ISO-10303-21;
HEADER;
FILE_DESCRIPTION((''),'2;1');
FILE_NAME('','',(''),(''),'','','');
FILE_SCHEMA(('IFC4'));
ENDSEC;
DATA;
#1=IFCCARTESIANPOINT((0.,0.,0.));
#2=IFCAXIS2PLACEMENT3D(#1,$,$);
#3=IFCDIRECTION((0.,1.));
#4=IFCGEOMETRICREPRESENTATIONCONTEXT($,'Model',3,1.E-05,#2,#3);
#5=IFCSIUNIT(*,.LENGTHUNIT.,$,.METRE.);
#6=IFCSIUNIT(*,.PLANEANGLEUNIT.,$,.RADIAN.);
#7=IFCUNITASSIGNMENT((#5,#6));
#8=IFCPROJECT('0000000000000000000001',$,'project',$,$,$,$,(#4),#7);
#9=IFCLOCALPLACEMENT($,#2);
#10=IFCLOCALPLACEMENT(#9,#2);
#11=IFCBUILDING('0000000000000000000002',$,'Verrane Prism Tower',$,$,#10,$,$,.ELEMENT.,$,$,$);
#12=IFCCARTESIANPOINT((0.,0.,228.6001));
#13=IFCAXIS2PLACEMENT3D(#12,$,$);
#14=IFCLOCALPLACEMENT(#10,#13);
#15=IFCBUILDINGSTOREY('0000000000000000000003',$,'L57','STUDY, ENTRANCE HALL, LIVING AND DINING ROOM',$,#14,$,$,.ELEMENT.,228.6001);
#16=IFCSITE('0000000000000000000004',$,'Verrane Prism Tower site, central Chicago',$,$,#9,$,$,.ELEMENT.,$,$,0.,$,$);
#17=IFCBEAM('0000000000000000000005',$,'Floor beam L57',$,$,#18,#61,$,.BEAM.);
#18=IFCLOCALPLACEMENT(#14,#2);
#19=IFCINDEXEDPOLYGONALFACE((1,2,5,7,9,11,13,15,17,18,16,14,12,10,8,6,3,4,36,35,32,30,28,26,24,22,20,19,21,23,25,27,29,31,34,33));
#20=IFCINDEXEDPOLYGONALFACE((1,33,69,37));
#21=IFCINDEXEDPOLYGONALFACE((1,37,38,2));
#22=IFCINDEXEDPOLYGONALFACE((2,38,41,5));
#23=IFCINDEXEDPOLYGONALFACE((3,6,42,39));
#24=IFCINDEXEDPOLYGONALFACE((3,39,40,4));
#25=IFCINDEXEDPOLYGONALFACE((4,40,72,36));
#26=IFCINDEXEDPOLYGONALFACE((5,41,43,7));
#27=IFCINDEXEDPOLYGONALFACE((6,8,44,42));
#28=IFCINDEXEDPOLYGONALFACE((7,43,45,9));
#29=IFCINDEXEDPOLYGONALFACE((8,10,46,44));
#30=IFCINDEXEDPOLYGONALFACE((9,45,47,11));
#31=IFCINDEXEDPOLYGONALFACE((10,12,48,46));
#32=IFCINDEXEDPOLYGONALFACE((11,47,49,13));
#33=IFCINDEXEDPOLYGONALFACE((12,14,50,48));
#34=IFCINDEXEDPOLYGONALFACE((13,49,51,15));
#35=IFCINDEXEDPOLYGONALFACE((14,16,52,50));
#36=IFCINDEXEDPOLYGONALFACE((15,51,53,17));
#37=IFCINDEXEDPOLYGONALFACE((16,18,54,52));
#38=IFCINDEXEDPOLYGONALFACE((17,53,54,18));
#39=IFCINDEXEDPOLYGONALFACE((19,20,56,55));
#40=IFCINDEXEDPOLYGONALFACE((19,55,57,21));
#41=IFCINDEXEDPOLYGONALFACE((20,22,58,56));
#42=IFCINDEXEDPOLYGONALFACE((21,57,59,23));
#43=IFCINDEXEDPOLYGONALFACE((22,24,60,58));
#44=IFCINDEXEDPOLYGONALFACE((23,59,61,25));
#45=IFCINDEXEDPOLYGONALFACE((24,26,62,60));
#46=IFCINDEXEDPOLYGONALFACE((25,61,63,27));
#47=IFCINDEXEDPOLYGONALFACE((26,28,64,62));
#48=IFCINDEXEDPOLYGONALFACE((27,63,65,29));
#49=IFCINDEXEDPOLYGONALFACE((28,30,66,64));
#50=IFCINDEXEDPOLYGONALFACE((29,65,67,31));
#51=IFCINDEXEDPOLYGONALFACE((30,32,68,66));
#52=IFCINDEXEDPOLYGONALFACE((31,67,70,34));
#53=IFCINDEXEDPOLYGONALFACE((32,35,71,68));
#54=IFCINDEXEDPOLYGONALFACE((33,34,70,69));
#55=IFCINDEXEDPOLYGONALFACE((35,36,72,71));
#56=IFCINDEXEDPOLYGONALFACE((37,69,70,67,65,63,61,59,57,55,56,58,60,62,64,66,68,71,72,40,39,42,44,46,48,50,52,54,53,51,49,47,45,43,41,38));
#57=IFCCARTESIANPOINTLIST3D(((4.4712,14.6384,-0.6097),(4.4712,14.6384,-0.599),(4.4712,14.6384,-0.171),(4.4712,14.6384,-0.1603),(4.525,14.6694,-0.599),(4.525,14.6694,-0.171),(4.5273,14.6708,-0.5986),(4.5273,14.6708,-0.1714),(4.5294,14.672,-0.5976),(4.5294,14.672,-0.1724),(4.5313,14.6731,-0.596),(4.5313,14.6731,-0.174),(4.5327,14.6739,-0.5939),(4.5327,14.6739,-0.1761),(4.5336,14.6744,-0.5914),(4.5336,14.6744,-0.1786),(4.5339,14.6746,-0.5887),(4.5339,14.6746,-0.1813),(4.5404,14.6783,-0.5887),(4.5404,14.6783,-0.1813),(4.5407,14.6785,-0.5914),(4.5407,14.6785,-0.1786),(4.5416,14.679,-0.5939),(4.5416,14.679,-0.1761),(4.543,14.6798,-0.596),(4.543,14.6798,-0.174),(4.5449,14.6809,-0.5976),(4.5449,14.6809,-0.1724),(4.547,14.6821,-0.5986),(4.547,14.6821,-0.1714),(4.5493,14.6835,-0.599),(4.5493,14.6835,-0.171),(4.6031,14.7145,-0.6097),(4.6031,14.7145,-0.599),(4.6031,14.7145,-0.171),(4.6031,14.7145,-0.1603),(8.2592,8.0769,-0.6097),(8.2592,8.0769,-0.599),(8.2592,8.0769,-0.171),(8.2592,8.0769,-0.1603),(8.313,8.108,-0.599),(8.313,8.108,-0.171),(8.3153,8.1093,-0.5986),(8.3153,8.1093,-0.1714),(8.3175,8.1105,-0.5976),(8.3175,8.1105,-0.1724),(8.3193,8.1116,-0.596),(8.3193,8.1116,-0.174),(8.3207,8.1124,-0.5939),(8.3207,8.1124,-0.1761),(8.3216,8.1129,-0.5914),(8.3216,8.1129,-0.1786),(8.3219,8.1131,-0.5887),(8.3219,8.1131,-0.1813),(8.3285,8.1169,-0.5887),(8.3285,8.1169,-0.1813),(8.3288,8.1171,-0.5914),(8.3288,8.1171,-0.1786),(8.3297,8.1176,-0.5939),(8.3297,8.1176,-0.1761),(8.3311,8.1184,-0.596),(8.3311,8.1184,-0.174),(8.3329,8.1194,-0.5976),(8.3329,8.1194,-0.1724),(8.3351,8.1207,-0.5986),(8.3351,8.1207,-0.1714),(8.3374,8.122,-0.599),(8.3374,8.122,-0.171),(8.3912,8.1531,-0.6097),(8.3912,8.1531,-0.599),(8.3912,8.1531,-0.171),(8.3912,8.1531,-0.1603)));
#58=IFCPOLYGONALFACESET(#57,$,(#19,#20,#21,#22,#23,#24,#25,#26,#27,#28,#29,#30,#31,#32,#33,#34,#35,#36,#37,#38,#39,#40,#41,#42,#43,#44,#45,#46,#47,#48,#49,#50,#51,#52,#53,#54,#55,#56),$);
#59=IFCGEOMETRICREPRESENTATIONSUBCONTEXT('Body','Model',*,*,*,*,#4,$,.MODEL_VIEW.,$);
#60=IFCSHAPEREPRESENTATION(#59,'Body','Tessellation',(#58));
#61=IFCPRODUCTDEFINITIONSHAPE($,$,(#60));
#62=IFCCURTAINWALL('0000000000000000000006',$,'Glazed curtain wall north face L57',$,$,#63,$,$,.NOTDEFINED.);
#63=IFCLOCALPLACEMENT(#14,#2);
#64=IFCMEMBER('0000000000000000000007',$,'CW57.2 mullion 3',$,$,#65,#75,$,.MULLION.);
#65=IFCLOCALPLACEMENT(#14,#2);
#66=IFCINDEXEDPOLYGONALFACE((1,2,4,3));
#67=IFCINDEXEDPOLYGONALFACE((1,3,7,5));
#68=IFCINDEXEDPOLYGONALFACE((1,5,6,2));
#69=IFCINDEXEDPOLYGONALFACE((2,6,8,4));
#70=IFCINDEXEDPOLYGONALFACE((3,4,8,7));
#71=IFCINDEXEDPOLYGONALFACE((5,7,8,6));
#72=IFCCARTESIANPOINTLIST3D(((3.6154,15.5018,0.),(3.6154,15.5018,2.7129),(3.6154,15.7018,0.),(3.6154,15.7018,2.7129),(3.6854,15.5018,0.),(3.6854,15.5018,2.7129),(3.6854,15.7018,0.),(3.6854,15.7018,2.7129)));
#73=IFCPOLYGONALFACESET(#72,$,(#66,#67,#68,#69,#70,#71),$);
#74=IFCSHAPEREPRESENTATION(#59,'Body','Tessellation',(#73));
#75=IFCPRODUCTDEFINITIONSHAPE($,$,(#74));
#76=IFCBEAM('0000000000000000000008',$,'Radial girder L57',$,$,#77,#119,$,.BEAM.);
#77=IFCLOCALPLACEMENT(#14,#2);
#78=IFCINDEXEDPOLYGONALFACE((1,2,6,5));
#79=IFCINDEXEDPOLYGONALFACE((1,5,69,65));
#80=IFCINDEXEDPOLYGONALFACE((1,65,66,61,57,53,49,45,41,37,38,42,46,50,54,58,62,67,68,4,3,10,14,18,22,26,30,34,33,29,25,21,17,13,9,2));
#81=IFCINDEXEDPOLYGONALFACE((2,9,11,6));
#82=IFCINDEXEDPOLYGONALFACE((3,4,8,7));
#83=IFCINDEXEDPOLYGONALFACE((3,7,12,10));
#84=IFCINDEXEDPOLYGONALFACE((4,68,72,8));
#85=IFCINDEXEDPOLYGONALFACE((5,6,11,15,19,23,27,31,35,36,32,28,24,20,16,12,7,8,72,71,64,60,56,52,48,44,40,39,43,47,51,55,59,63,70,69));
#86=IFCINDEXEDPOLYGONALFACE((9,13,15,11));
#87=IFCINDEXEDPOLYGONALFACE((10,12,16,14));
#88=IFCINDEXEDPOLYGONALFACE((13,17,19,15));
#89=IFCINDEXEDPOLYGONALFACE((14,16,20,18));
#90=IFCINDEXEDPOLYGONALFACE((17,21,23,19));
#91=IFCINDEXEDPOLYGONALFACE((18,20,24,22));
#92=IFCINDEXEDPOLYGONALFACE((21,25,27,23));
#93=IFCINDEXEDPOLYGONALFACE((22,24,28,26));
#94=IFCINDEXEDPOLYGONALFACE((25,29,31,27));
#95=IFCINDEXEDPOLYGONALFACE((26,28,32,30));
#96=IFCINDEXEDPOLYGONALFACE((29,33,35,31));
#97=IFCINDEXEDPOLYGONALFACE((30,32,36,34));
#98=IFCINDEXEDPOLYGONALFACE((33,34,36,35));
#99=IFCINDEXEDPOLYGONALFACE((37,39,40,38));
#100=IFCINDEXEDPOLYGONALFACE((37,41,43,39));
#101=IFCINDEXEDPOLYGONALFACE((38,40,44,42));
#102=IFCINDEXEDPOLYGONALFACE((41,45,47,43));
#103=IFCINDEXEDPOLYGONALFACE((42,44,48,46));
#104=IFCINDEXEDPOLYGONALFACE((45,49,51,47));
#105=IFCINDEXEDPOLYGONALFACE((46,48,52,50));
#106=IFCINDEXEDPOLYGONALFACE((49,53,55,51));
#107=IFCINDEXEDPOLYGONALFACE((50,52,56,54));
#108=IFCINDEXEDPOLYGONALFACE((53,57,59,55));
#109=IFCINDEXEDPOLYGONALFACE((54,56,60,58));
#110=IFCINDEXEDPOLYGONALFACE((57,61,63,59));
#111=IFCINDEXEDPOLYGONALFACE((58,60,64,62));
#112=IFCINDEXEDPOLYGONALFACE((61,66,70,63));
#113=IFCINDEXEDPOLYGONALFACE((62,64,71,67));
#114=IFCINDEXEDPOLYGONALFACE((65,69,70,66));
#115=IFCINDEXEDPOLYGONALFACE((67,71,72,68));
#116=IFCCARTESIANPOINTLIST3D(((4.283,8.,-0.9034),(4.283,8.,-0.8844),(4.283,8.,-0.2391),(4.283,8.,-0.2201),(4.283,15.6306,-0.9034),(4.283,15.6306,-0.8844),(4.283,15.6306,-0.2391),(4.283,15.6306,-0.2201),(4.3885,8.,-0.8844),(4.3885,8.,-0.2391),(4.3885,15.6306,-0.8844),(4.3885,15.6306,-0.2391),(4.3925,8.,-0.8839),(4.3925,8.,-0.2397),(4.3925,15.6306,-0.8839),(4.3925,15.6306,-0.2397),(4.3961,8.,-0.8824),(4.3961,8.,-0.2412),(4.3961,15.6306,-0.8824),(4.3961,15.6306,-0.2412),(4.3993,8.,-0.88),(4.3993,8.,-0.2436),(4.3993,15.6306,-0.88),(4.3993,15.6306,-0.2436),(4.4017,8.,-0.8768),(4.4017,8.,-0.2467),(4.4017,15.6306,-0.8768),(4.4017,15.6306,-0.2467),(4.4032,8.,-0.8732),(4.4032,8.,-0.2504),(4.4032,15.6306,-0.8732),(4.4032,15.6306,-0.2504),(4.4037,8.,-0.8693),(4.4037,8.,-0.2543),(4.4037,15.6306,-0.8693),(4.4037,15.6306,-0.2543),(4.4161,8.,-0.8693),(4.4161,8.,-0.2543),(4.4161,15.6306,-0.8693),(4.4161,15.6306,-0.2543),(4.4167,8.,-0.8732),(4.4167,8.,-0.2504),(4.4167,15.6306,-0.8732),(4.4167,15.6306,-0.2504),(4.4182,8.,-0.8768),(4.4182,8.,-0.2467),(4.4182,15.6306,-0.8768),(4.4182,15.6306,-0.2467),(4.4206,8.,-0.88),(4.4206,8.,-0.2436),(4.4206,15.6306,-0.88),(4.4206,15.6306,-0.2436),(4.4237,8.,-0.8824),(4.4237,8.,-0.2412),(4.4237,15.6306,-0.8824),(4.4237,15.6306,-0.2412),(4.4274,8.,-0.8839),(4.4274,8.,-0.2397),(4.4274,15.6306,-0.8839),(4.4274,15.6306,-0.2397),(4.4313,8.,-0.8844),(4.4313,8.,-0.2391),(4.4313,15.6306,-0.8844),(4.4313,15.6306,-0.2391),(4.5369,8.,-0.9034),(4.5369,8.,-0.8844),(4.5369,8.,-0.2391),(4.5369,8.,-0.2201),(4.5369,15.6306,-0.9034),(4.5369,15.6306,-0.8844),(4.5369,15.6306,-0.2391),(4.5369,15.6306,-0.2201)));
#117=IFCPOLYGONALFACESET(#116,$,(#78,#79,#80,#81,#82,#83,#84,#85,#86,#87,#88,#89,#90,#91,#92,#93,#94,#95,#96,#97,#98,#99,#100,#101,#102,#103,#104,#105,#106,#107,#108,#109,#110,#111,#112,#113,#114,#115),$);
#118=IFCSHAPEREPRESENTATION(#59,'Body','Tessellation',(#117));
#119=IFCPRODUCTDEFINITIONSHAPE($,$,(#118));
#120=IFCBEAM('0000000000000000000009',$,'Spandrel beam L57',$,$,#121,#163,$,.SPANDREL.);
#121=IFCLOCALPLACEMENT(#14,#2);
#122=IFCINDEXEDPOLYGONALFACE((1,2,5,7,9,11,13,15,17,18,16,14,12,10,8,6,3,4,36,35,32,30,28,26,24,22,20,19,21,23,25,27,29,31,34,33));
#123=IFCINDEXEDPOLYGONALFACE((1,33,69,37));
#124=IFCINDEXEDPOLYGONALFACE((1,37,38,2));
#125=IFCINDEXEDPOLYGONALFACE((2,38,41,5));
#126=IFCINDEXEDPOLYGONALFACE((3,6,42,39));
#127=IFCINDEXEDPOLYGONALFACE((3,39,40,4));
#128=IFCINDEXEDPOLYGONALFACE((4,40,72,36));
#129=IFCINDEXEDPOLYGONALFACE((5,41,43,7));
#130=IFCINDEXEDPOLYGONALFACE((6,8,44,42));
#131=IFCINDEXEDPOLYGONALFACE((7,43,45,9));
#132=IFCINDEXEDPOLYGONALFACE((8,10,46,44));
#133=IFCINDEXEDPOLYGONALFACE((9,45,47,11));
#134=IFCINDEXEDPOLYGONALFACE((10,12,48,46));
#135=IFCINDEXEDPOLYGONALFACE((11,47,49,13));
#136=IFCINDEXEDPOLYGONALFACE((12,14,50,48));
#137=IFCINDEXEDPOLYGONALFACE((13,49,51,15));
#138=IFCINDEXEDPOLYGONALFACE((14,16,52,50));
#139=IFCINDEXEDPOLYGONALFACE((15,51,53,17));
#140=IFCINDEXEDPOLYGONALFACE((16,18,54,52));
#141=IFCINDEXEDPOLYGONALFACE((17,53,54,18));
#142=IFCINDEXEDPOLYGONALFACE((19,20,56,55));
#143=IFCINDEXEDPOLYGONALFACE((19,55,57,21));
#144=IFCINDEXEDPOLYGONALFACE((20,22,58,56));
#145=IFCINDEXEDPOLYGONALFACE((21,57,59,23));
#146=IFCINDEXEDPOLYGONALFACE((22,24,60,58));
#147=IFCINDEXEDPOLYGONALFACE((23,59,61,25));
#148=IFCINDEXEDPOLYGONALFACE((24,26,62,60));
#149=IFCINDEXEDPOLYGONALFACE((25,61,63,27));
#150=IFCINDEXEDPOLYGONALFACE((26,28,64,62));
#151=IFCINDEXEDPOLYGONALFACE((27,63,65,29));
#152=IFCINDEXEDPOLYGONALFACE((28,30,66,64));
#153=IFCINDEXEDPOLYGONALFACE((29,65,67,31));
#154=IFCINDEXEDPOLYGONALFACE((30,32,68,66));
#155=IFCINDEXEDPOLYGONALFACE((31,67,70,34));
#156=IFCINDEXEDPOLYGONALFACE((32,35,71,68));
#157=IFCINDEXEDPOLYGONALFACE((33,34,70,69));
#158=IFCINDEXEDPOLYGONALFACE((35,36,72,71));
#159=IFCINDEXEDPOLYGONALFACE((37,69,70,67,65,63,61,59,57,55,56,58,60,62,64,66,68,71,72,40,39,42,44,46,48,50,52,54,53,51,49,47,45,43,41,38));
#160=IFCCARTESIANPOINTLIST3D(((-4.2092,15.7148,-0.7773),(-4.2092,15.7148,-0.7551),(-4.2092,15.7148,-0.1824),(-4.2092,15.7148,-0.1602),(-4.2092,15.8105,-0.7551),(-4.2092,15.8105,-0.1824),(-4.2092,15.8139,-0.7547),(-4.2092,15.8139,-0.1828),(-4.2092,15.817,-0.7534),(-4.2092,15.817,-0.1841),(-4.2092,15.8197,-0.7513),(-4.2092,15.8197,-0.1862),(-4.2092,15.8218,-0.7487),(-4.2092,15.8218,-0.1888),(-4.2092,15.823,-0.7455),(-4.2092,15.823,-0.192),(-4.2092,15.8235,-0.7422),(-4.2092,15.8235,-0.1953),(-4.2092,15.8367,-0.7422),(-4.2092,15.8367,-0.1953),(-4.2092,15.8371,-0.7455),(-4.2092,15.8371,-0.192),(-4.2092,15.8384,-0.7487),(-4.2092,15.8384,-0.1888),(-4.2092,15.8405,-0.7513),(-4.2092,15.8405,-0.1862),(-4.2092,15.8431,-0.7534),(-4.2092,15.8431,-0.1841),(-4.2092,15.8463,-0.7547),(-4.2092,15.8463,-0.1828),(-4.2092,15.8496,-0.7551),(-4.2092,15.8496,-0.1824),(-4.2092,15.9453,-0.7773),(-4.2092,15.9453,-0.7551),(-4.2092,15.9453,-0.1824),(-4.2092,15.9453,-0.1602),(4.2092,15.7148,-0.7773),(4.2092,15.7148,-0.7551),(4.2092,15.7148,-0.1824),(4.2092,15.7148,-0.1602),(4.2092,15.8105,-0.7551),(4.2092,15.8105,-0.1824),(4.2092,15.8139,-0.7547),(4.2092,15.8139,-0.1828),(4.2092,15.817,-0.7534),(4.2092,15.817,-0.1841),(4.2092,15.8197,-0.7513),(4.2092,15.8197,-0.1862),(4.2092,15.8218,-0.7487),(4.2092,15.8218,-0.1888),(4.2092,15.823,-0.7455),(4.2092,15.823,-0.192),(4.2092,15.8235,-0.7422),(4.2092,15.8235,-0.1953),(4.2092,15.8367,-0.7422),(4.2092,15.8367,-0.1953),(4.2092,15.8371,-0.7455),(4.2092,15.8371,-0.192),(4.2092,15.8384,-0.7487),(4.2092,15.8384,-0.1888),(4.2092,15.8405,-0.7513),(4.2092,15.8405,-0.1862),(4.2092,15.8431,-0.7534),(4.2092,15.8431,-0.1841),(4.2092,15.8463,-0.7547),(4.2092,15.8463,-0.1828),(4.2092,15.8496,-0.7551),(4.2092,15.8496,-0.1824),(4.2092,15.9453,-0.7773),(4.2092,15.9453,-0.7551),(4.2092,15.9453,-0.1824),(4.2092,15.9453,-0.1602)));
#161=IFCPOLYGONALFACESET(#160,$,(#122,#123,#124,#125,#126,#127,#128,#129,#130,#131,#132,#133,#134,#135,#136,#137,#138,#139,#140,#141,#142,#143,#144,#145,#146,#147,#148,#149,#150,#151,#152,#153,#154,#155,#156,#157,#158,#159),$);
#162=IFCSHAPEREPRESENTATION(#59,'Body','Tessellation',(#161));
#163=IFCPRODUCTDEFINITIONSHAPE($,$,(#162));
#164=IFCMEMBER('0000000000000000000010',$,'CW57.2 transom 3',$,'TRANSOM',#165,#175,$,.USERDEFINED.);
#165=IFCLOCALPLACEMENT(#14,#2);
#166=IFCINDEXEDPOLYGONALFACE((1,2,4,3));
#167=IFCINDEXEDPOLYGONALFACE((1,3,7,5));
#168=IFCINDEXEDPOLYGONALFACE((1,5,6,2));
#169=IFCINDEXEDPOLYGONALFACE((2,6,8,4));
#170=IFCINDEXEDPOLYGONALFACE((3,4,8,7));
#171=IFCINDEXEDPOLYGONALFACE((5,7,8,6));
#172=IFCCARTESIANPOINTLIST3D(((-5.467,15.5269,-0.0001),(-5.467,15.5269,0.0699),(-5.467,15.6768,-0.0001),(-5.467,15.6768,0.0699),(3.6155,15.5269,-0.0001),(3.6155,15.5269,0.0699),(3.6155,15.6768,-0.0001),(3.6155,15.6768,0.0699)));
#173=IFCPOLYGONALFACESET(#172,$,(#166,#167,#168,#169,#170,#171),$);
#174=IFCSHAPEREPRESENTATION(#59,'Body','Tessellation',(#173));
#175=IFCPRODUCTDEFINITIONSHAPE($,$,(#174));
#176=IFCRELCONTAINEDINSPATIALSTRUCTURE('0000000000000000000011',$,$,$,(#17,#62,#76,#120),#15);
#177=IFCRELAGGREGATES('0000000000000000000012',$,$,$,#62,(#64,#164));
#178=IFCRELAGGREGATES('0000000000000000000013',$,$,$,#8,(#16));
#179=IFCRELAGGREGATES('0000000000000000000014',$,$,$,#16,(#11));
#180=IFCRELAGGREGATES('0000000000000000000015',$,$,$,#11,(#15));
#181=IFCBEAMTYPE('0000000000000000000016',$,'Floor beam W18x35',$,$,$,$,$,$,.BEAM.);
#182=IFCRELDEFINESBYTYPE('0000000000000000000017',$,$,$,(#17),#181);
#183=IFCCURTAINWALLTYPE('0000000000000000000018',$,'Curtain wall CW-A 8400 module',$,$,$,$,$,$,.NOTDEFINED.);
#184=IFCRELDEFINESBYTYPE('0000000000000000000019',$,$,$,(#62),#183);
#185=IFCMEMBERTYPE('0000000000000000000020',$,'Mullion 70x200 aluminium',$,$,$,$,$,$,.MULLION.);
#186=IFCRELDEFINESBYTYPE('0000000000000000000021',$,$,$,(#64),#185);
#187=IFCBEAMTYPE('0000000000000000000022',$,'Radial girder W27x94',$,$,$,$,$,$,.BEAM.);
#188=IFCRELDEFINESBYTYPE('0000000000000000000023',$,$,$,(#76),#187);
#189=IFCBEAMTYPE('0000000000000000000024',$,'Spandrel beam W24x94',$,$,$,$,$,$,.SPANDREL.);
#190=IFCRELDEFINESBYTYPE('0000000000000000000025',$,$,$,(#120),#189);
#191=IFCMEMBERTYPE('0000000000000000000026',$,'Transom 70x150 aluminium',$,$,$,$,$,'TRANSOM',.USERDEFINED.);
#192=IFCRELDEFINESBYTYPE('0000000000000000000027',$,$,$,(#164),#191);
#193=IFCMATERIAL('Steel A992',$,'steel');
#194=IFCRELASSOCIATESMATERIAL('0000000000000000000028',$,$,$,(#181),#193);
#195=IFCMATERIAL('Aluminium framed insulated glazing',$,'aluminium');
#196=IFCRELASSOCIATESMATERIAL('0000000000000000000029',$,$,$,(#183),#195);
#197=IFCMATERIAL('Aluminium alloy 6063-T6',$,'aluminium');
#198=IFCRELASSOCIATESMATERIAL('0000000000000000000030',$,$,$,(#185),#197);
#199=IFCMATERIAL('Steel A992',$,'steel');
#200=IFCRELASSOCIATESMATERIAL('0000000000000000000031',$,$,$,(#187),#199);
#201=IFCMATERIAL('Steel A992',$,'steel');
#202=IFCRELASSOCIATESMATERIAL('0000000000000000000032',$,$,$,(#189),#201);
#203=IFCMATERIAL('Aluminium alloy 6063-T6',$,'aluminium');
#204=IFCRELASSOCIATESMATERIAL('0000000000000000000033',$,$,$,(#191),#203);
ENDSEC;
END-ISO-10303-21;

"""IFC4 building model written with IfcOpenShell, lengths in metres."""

from ifc_helpers import new_model, si_unit, direction, frame, origin, origin_2d, place, context, subcontext, project, spatial, rectangle, i_section, extrude, material, material_profile, profile_set, type_object, element, aggregate, save


model = new_model("IFC4")

# Units and contexts
model_context = context("Model", 3, precision=1e-05, world=origin(), true_north=direction((0.0, 1.0)))
body_context = subcontext(model_context, "Body", "Model", "MODEL_VIEW")
ifc_project = project(units=[si_unit("LENGTHUNIT", "METRE"), si_unit("PLANEANGLEUNIT", "RADIAN")], contexts=[model_context])

# Site, building, storey
site_placement = place(None, origin())
site = spatial("IfcSite", under=ifc_project, at=site_placement, Name="Verrane Prism Tower site, central Chicago", CompositionType="ELEMENT", RefElevation=0.0)
building_placement = place(site_placement, origin())
building = spatial("IfcBuilding", under=site, at=building_placement, Name="Verrane Prism Tower", CompositionType="ELEMENT")
storey_placement = place(building_placement, frame((0.0, 0.0, 228.6001)))
storey = spatial("IfcBuildingStorey", under=building, at=storey_placement, Name="L57", Description="STUDY, ENTRANCE HALL, LIVING AND DINING ROOM", CompositionType="ELEMENT", Elevation=228.6001)

# Beam
ifc_material_1 = material(Name="Steel A992", Category="steel")
ifc_material_profile_1 = material_profile(ifc_material_1, i_section(OverallWidth=0.1523, OverallDepth=0.4495, WebThickness=0.0076, FlangeThickness=0.0107, FilletRadius=0.0103, at=origin_2d()), Name="W18x35")
ifc_profile_set_1 = profile_set([ifc_material_profile_1], Name="Steel A992")
beam_type_1 = type_object("IfcBeamType", Name="Floor beam W18x35", PredefinedType="BEAM", material=ifc_profile_set_1)
beam_1_placement = place(storey_placement, frame((8.3252, 8.115, -0.385), z_axis=(-0.499979, 0.866037, 0.0), x_axis=(-0.866037, -0.499979, 0.0)))
element("IfcBeam", 1, at=beam_1_placement, inside=storey, type_object=beam_type_1, Name="Floor beam L57", PredefinedType="BEAM", context=body_context, shape_type="SweptSolid", body=[
    extrude(i_section(OverallWidth=0.1523, OverallDepth=0.4495, WebThickness=0.0076, FlangeThickness=0.0107, FilletRadius=0.0103, at=origin_2d()), origin(), (0.0, 0.0, 1.0), 7.5764),
])

# Curtain wall, member
ifc_material_2 = material(Name="Aluminium framed insulated glazing", Category="aluminium")
curtain_wall_type = type_object("IfcCurtainWallType", Name="Curtain wall CW-A 8400 module", PredefinedType="NOTDEFINED", material=ifc_material_2)
curtain_wall_placement = place(storey_placement, origin())
curtain_wall = element("IfcCurtainWall", 2, at=curtain_wall_placement, inside=storey, type_object=curtain_wall_type, Name="Glazed curtain wall north face L57", PredefinedType="NOTDEFINED")
ifc_material_3 = material(Name="Aluminium alloy 6063-T6", Category="aluminium")
ifc_material_profile_2 = material_profile(ifc_material_3, rectangle(XDim=0.2, YDim=0.0701, at=origin_2d()), Name="Mullion 70x200 aluminium")
ifc_profile_set_2 = profile_set([ifc_material_profile_2], Name="Aluminium alloy 6063-T6")
member_type_1 = type_object("IfcMemberType", Name="Mullion 70x200 aluminium", PredefinedType="MULLION", material=ifc_profile_set_2)
member_1_placement = place(storey_placement, frame((3.6504, 15.6018, 0.0), z_axis=(0.0, 0.0, 1.0), x_axis=(0.0, -1.0, 0.0)))
member_1 = element("IfcMember", 3, at=member_1_placement, type_object=member_type_1, Name="CW57.2 mullion 3", PredefinedType="MULLION", context=body_context, shape_type="SweptSolid", body=[
    extrude(rectangle(XDim=0.2, YDim=0.0701, at=origin_2d()), origin(), (0.0, 0.0, 1.0), 2.7129),
])

# Beams
ifc_material_4 = material(Name="Steel A992", Category="steel")
ifc_material_profile_3 = material_profile(ifc_material_4, i_section(OverallWidth=0.2539, OverallDepth=0.6833, WebThickness=0.0125, FlangeThickness=0.019, FilletRadius=0.0151, at=origin_2d()), Name="W27x94")
ifc_profile_set_3 = profile_set([ifc_material_profile_3], Name="Steel A992")
beam_type_2 = type_object("IfcBeamType", Name="Radial girder W27x94", PredefinedType="BEAM", material=ifc_profile_set_3)
beam_2_placement = place(storey_placement, frame((4.4099, 15.6306, -0.5618), z_axis=(0.0, -1.0, 0.0), x_axis=(1.0, 0.0, 0.0)))
element("IfcBeam", 4, at=beam_2_placement, inside=storey, type_object=beam_type_2, Name="Radial girder L57", PredefinedType="BEAM", context=body_context, shape_type="SweptSolid", body=[
    extrude(i_section(OverallWidth=0.2539, OverallDepth=0.6833, WebThickness=0.0125, FlangeThickness=0.019, FilletRadius=0.0151, at=origin_2d()), origin(), (0.0, 0.0, 1.0), 7.6306),
])
ifc_material_5 = material(Name="Steel A992", Category="steel")
ifc_material_profile_4 = material_profile(ifc_material_5, i_section(OverallWidth=0.2305, OverallDepth=0.6172, WebThickness=0.0132, FlangeThickness=0.0222, FilletRadius=0.0129, at=origin_2d()), Name="W24x94")
ifc_profile_set_4 = profile_set([ifc_material_profile_4], Name="Steel A992")
beam_type_3 = type_object("IfcBeamType", Name="Spandrel beam W24x94", PredefinedType="SPANDREL", material=ifc_profile_set_4)
beam_3_placement = place(storey_placement, frame((4.2092, 15.8301, -0.4688), z_axis=(-1.0, 0.0, 0.0), x_axis=(0.0, -1.0, 0.0)))
element("IfcBeam", 5, at=beam_3_placement, inside=storey, type_object=beam_type_3, Name="Spandrel beam L57", PredefinedType="SPANDREL", context=body_context, shape_type="SweptSolid", body=[
    extrude(i_section(OverallWidth=0.2305, OverallDepth=0.6172, WebThickness=0.0132, FlangeThickness=0.0222, FilletRadius=0.0129, at=origin_2d()), origin(), (0.0, 0.0, 1.0), 8.4185),
])

# Member
ifc_material_6 = material(Name="Aluminium alloy 6063-T6", Category="aluminium")
ifc_material_profile_5 = material_profile(ifc_material_6, rectangle(XDim=0.1499, YDim=0.0701, at=origin_2d()), Name="Transom 70x150 aluminium")
ifc_profile_set_5 = profile_set([ifc_material_profile_5], Name="Aluminium alloy 6063-T6")
member_type_2 = type_object("IfcMemberType", Name="Transom 70x150 aluminium", ElementType="TRANSOM", PredefinedType="USERDEFINED", material=ifc_profile_set_5)
member_2_placement = place(storey_placement, frame((3.6155, 15.6018, 0.0349), z_axis=(-1.0, 0.0, 0.0), x_axis=(0.0, -1.0, 0.0)))
member_2 = element("IfcMember", 6, at=member_2_placement, type_object=member_type_2, Name="CW57.2 transom 3", ObjectType="TRANSOM", PredefinedType="USERDEFINED", context=body_context, shape_type="SweptSolid", body=[
    extrude(rectangle(XDim=0.1499, YDim=0.0701, at=origin_2d()), origin(), (0.0, 0.0, 1.0), 9.0825),
])

aggregate(curtain_wall, [member_1, member_2])

save(model, "model.ifc")
